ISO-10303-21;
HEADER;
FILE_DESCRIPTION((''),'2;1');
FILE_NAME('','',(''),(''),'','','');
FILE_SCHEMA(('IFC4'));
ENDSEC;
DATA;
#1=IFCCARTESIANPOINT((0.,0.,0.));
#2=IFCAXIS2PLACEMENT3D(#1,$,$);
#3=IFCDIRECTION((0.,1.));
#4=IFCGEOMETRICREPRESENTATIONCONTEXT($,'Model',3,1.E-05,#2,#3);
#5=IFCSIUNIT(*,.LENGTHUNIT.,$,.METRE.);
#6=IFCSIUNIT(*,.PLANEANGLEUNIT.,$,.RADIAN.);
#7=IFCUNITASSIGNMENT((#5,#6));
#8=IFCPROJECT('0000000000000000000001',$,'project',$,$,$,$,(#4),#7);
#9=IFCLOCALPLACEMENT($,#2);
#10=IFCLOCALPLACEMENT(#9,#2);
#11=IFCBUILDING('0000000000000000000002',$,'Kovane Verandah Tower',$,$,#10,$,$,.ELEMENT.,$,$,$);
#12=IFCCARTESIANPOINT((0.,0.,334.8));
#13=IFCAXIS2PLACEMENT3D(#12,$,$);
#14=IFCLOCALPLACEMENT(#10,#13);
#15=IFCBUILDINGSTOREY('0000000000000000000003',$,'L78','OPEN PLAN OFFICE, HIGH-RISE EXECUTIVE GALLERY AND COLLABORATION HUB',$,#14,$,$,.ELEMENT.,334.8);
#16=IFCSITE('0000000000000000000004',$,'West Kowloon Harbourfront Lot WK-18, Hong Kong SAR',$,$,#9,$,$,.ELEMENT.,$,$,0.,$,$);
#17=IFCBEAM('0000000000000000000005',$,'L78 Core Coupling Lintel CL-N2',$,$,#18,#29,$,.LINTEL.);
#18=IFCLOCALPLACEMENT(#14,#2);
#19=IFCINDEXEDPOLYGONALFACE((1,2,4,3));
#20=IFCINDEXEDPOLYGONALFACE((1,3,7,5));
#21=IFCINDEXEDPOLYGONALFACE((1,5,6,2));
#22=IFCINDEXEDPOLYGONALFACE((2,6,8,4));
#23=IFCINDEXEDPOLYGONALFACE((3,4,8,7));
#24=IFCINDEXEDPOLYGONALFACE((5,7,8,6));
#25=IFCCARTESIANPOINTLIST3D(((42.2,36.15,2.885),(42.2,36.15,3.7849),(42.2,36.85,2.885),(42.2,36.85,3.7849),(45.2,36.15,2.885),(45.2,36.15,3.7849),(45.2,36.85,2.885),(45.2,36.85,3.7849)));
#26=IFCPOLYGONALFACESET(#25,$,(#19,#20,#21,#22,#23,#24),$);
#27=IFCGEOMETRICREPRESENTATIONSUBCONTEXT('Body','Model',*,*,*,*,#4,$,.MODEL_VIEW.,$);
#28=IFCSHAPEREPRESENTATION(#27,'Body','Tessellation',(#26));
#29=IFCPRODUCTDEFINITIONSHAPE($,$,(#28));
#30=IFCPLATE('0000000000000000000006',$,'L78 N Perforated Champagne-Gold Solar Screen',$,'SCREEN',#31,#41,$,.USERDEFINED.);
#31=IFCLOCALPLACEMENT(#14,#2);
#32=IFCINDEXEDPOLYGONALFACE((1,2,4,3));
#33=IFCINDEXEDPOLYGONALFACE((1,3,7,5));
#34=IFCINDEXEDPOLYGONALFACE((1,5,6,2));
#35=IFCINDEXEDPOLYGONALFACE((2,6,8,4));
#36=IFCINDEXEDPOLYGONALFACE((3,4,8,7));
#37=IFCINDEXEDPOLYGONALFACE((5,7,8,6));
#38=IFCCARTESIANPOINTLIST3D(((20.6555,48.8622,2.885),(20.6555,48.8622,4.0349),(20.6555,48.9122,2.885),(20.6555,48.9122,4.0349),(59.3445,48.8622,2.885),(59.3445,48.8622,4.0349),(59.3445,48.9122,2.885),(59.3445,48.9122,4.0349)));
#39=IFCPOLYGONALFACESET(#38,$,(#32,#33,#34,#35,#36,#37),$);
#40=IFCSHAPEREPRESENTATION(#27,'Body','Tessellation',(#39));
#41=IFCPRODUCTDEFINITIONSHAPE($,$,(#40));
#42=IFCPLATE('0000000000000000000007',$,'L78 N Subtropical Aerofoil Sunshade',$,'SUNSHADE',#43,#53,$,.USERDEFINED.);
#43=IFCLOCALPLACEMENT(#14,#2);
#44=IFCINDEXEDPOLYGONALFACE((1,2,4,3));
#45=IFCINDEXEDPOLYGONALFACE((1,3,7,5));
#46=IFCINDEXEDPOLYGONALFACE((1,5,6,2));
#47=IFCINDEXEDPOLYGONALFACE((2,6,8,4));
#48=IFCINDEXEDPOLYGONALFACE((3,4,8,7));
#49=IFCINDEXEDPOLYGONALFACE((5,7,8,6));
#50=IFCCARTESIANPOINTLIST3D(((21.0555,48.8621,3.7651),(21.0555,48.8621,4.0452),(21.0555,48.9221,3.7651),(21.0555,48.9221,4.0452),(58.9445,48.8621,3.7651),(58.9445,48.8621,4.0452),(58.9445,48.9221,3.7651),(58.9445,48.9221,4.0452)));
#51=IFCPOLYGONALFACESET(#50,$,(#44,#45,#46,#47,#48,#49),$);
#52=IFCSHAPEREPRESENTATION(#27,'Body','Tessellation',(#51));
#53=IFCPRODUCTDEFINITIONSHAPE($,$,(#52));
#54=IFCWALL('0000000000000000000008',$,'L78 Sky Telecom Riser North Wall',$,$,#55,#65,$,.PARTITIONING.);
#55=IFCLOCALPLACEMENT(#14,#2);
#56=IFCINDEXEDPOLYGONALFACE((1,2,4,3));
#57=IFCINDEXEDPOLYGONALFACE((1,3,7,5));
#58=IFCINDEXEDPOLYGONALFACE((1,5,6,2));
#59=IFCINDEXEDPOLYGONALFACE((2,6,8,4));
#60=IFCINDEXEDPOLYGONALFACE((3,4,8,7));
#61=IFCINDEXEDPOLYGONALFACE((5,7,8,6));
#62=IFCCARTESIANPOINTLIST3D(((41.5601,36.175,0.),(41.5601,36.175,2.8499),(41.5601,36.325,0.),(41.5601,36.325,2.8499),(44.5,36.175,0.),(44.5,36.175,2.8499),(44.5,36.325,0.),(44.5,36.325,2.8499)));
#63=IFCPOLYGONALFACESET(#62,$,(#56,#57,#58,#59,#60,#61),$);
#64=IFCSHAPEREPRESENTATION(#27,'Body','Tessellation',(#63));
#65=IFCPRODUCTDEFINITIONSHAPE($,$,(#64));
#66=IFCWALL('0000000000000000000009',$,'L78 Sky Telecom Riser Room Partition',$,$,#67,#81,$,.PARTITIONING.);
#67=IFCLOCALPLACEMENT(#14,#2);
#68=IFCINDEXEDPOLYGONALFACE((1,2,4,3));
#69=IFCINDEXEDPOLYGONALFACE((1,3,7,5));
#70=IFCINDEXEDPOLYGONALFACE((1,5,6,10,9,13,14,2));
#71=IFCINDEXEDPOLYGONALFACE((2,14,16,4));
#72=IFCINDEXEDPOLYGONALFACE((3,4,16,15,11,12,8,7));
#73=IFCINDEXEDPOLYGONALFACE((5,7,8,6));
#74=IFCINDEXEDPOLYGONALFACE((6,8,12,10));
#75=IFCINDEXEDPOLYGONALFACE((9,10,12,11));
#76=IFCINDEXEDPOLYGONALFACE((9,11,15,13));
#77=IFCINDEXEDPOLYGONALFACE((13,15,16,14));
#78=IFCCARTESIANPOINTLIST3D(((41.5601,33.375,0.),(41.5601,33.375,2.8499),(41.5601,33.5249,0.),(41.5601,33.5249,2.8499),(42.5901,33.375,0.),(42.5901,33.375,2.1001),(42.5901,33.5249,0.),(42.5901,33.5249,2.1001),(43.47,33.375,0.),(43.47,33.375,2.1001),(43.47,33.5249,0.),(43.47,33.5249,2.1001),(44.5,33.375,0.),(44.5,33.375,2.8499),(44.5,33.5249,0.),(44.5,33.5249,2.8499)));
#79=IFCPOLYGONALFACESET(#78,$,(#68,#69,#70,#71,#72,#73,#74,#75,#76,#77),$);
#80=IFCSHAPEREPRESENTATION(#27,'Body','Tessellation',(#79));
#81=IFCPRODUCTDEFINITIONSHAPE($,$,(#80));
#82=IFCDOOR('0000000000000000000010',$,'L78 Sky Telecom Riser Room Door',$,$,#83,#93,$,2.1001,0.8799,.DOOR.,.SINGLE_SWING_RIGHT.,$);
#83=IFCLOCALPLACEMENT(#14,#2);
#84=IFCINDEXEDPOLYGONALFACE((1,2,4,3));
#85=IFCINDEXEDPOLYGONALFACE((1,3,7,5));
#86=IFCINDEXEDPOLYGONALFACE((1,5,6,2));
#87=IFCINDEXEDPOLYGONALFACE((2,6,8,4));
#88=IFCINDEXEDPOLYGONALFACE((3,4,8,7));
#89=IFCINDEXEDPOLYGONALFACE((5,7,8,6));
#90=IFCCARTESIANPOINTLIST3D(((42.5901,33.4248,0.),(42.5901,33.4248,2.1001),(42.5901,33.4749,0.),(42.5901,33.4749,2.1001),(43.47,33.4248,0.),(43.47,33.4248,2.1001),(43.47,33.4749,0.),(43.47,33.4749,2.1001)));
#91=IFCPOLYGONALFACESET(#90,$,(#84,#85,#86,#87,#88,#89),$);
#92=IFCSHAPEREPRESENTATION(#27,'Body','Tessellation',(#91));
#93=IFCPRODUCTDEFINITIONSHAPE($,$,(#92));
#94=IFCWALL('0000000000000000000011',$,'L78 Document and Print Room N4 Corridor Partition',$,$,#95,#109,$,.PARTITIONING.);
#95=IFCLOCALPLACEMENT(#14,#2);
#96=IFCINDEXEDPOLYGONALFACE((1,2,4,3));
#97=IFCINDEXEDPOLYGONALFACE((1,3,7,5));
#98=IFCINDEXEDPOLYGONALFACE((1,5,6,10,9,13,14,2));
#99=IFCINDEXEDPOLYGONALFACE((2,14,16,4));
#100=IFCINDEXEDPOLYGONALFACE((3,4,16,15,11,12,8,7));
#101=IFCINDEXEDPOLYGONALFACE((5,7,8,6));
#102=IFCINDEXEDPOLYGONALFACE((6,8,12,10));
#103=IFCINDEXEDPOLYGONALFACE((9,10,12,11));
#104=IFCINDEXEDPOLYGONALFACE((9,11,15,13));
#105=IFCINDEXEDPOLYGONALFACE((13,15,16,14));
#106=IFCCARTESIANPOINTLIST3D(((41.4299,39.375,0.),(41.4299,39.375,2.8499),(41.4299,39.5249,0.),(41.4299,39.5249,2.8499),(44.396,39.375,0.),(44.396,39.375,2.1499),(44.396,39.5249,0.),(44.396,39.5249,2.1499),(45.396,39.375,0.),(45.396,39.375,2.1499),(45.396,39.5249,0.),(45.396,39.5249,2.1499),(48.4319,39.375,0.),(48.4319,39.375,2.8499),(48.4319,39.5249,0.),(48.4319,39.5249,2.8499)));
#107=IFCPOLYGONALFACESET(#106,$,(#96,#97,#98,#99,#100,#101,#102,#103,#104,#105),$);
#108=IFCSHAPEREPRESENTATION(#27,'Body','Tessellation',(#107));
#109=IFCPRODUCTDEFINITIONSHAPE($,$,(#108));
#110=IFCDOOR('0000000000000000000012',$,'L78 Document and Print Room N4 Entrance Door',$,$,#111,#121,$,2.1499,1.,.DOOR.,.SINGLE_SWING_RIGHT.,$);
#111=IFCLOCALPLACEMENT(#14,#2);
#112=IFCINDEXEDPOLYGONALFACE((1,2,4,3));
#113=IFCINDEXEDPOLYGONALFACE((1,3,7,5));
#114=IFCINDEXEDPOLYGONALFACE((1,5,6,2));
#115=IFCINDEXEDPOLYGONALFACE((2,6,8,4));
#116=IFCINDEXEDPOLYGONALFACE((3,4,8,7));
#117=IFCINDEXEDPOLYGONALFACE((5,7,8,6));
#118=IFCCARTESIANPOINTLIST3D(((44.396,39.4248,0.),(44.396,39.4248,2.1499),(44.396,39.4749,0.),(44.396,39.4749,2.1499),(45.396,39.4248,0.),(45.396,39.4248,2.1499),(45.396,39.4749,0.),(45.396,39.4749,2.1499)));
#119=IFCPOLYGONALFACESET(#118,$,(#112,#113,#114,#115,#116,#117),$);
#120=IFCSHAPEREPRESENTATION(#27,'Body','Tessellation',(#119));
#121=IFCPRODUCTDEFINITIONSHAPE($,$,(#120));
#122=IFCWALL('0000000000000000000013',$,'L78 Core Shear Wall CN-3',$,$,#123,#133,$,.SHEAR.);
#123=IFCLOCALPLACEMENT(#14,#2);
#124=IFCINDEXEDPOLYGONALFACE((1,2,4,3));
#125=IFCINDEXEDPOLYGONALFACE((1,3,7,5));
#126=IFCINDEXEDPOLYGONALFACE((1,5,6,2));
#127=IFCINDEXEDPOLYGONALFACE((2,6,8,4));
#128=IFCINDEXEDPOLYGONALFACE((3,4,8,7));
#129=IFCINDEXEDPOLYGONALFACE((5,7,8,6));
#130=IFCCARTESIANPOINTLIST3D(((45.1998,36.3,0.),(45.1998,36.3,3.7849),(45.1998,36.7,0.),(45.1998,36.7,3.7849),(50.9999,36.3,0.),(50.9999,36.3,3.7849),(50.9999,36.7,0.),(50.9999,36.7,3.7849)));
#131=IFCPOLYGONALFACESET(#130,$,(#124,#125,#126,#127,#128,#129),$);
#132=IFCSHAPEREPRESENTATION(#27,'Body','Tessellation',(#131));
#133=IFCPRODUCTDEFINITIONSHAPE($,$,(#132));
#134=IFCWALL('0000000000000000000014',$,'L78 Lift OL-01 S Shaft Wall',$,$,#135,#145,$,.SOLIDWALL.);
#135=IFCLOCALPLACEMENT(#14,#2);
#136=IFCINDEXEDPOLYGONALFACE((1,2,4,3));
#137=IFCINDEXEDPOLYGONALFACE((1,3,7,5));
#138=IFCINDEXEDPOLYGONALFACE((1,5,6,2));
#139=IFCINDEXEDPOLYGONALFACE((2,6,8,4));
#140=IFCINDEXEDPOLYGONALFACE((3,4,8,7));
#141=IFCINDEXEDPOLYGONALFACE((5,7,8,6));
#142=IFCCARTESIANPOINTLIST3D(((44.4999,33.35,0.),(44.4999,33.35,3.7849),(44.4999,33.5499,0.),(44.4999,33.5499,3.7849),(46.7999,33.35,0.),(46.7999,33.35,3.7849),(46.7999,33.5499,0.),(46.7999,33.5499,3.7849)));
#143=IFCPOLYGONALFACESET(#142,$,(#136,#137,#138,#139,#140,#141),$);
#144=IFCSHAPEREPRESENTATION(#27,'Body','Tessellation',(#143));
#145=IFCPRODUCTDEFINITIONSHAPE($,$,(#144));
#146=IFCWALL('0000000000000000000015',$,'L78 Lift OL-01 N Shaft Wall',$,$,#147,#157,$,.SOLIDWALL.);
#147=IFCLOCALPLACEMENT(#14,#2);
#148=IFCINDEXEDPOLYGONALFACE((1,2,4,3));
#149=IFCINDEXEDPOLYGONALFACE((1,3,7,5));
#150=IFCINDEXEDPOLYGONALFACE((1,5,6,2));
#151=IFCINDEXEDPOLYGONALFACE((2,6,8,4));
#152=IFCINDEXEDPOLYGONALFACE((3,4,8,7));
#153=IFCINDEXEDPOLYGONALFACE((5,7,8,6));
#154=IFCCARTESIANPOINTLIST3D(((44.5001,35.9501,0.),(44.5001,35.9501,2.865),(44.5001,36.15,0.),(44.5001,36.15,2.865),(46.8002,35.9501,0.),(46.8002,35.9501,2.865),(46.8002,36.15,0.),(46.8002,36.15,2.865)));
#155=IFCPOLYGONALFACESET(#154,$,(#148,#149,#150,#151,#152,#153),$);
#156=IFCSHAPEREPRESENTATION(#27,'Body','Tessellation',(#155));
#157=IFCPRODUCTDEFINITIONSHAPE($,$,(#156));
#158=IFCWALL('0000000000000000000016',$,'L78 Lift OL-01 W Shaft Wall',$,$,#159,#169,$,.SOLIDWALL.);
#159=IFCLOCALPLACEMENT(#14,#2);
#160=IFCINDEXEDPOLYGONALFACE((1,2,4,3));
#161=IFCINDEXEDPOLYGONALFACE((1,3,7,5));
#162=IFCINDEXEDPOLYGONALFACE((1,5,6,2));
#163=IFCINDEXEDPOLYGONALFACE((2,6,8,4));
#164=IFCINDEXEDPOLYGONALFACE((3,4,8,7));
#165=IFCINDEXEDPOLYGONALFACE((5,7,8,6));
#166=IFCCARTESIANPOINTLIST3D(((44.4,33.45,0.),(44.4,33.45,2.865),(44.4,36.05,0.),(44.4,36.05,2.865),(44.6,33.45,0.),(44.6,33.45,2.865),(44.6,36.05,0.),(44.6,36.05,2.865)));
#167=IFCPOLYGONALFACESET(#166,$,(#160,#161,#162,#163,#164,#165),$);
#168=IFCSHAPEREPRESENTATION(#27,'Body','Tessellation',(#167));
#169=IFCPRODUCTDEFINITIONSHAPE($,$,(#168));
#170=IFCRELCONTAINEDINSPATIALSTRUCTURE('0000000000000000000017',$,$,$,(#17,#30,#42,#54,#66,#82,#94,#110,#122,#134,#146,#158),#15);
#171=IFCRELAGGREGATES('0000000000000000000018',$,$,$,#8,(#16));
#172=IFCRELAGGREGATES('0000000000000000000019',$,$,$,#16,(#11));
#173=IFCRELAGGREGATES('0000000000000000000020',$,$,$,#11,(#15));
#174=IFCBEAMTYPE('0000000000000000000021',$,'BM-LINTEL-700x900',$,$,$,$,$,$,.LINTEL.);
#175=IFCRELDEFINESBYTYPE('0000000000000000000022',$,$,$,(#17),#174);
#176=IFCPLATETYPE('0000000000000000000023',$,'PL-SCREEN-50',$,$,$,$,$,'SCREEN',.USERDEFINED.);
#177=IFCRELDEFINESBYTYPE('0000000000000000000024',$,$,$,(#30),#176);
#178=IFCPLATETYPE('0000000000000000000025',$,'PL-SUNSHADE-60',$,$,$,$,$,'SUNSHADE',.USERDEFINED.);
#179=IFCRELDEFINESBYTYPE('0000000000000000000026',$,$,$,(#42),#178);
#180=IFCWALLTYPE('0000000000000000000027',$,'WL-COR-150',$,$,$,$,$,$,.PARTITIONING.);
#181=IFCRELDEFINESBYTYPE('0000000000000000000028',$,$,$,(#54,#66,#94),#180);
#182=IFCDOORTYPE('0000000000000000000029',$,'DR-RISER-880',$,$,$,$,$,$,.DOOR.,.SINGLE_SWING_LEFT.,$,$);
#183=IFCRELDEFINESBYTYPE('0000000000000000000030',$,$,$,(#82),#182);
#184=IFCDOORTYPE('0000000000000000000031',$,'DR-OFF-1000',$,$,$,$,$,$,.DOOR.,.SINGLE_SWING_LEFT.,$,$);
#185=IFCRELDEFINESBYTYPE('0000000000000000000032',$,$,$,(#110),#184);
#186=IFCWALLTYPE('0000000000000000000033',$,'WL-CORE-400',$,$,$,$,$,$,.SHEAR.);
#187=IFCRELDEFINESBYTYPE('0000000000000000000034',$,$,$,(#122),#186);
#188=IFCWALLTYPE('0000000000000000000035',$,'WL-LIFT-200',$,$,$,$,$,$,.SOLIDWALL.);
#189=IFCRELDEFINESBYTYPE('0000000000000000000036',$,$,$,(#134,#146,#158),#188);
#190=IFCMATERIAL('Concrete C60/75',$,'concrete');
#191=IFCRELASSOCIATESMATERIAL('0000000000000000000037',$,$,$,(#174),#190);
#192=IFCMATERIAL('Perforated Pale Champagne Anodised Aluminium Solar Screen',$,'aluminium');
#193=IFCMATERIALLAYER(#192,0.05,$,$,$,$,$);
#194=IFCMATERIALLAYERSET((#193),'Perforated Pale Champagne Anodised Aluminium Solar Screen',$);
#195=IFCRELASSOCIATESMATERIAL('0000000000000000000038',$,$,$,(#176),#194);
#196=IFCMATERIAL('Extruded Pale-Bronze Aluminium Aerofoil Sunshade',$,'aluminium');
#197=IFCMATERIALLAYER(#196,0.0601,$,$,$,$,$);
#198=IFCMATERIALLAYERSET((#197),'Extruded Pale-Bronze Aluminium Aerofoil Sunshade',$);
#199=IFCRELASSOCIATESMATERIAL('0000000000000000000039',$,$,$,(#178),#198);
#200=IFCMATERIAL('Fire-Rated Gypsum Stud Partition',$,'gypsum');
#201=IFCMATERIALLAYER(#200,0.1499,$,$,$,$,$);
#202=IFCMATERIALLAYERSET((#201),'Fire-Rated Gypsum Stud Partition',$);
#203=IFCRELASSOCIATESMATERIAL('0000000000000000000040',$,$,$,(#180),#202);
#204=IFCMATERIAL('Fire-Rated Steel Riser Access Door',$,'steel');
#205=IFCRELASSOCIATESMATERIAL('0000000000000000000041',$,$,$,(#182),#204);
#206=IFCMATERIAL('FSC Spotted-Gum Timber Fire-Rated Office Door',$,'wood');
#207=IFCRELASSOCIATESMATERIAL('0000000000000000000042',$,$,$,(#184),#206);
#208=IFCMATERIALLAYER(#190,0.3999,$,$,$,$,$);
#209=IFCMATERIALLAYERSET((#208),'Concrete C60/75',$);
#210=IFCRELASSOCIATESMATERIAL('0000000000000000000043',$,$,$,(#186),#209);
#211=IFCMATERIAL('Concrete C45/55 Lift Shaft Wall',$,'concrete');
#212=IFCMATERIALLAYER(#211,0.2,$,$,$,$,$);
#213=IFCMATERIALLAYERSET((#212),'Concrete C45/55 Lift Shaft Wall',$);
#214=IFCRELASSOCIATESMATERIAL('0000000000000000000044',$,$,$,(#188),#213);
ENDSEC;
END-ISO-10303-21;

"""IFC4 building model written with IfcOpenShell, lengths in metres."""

from ifc_helpers import new_model, si_unit, direction, frame, frame_2d, origin, origin_2d, place, context, subcontext, project, spatial, rectangle, extrude, material, layer, layer_set, material_profile, profile_set, type_object, element, fill, save


model = new_model("IFC4")

# Units and contexts
model_context = context("Model", 3, precision=1e-05, world=origin(), true_north=direction((0.0, 1.0)))
body_context = subcontext(model_context, "Body", "Model", "MODEL_VIEW")
ifc_project = project(units=[si_unit("LENGTHUNIT", "METRE"), si_unit("PLANEANGLEUNIT", "RADIAN")], contexts=[model_context])

# Site, building, storey
site_placement = place(None, origin())
site = spatial("IfcSite", under=ifc_project, at=site_placement, Name="West Kowloon Harbourfront Lot WK-18, Hong Kong SAR", CompositionType="ELEMENT", RefElevation=0.0)
building_placement = place(site_placement, origin())
building = spatial("IfcBuilding", under=site, at=building_placement, Name="Kovane Verandah Tower", CompositionType="ELEMENT")
storey_placement = place(building_placement, frame((0.0, 0.0, 334.8)))
storey = spatial("IfcBuildingStorey", under=building, at=storey_placement, Name="L78", Description="OPEN PLAN OFFICE, HIGH-RISE EXECUTIVE GALLERY AND COLLABORATION HUB", CompositionType="ELEMENT", Elevation=334.8)

# Beam
ifc_material_1 = material(Name="Concrete C60/75", Category="concrete")
ifc_material_profile = material_profile(ifc_material_1, rectangle(XDim=0.7, YDim=0.8999, at=origin_2d()), Name="RCB700x900")
ifc_profile_set = profile_set([ifc_material_profile], Name="Concrete C60/75")
beam_type = type_object("IfcBeamType", Name="BM-LINTEL-700x900", PredefinedType="LINTEL", material=ifc_profile_set)
beam_placement = place(storey_placement, frame((42.2, 36.5, 3.335), z_axis=(1.0, 0.0, 0.0), x_axis=(0.0, 1.0, 0.0)))
element("IfcBeam", 1, at=beam_placement, inside=storey, type_object=beam_type, Name="L78 Core Coupling Lintel CL-N2", PredefinedType="LINTEL", context=body_context, shape_type="SweptSolid", body=[
    extrude(rectangle(XDim=0.7, YDim=0.8999, at=origin_2d()), origin(), (0.0, 0.0, 1.0), 3.0),
])

# Plates
ifc_material_2 = material(Name="Perforated Pale Champagne Anodised Aluminium Solar Screen", Category="aluminium")
ifc_layer_1 = layer(ifc_material_2, 0.05)
ifc_layer_set_1 = layer_set([ifc_layer_1], Name="Perforated Pale Champagne Anodised Aluminium Solar Screen")
plate_type_1 = type_object("IfcPlateType", Name="PL-SCREEN-50", ElementType="SCREEN", PredefinedType="USERDEFINED", material=ifc_layer_set_1)
plate_1_placement = place(storey_placement, frame((40.0, 48.8872, 2.885), z_axis=(0.0, 0.0, 1.0), x_axis=(-1.0, 0.0, 0.0)))
element("IfcPlate", 2, at=plate_1_placement, inside=storey, type_object=plate_type_1, Name="L78 N Perforated Champagne-Gold Solar Screen", ObjectType="SCREEN", PredefinedType="USERDEFINED", context=body_context, shape_type="SweptSolid", body=[
    extrude(rectangle(XDim=38.689, YDim=0.05, at=origin_2d()), origin(), (0.0, 0.0, 1.0), 1.1499),
])
ifc_material_3 = material(Name="Extruded Pale-Bronze Aluminium Aerofoil Sunshade", Category="aluminium")
ifc_layer_2 = layer(ifc_material_3, 0.0601)
ifc_layer_set_2 = layer_set([ifc_layer_2], Name="Extruded Pale-Bronze Aluminium Aerofoil Sunshade")
plate_type_2 = type_object("IfcPlateType", Name="PL-SUNSHADE-60", ElementType="SUNSHADE", PredefinedType="USERDEFINED", material=ifc_layer_set_2)
plate_2_placement = place(storey_placement, frame((40.0, 48.8921, 3.7651), z_axis=(0.0, 0.0, 1.0), x_axis=(-1.0, 0.0, 0.0)))
element("IfcPlate", 3, at=plate_2_placement, inside=storey, type_object=plate_type_2, Name="L78 N Subtropical Aerofoil Sunshade", ObjectType="SUNSHADE", PredefinedType="USERDEFINED", context=body_context, shape_type="SweptSolid", body=[
    extrude(rectangle(XDim=37.8889, YDim=0.0601, at=origin_2d()), origin(), (0.0, 0.0, 1.0), 0.28),
])

# Wall
ifc_material_4 = material(Name="Fire-Rated Gypsum Stud Partition", Category="gypsum")
ifc_layer_3 = layer(ifc_material_4, 0.1499)
ifc_layer_set_3 = layer_set([ifc_layer_3], Name="Fire-Rated Gypsum Stud Partition")
wall_type_1 = type_object("IfcWallType", Name="WL-COR-150", PredefinedType="PARTITIONING", material=ifc_layer_set_3)
wall_1_placement = place(storey_placement, frame((41.5601, 36.25, 0.0), z_axis=(0.0, 0.0, 1.0), x_axis=(1.0, 0.0, 0.0)))
element("IfcWall", 4, at=wall_1_placement, inside=storey, type_object=wall_type_1, Name="L78 Sky Telecom Riser North Wall", PredefinedType="PARTITIONING", context=body_context, shape_type="SweptSolid", body=[
    extrude(rectangle(XDim=2.9399, YDim=0.1499, at=frame_2d((1.47, 0.0))), origin(), (0.0, 0.0, 1.0), 2.8499),
])

# Walls, openings, doors
wall_2_placement = place(storey_placement, frame((41.5601, 33.45, 0.0), z_axis=(0.0, 0.0, 1.0), x_axis=(1.0, 0.0, 0.0)))
wall_2 = element("IfcWall", 5, at=wall_2_placement, inside=storey, type_object=wall_type_1, Name="L78 Sky Telecom Riser Room Partition", PredefinedType="PARTITIONING", context=body_context, shape_type="SweptSolid", body=[
    extrude(rectangle(XDim=2.9399, YDim=0.1499, at=frame_2d((1.47, 0.0))), origin(), (0.0, 0.0, 1.0), 2.8499),
])
opening_1_placement = place(wall_2_placement, frame((1.03, 0.0, 0.0)))
opening_1 = element("IfcOpeningElement", 6, at=opening_1_placement, cuts=wall_2, PredefinedType="OPENING", context=body_context, shape_type="SweptSolid", body=[
    extrude(rectangle(XDim=0.8799, YDim=2.1001, at=frame_2d((0.4399, 1.05))), frame((0.0, 0.075, 0.0), z_axis=(0.0, -1.0, 0.0), x_axis=(1.0, 0.0, 0.0)), (0.0, 0.0, 1.0), 0.1499),
])
ifc_material_5 = material(Name="Fire-Rated Steel Riser Access Door", Category="steel")
door_type_1 = type_object("IfcDoorType", Name="DR-RISER-880", OperationType="SINGLE_SWING_LEFT", PredefinedType="DOOR", material=ifc_material_5)
door_1_placement = place(opening_1_placement, origin())
door_1 = element("IfcDoor", 7, at=door_1_placement, inside=storey, type_object=door_type_1, Name="L78 Sky Telecom Riser Room Door", OperationType="SINGLE_SWING_RIGHT", OverallHeight=2.1001, OverallWidth=0.8799, PredefinedType="DOOR", context=body_context, shape_type="SweptSolid", body=[
    extrude(rectangle(XDim=0.8799, YDim=2.1001, at=frame_2d((0.4399, 1.05))), frame((0.0, 0.0249, 0.0), z_axis=(0.0, -1.0, 0.0), x_axis=(1.0, 0.0, 0.0)), (0.0, 0.0, 1.0), 0.05),
])
fill(opening_1, door_1)
wall_3_placement = place(storey_placement, frame((41.4299, 39.45, 0.0), z_axis=(0.0, 0.0, 1.0), x_axis=(1.0, 0.0, 0.0)))
wall_3 = element("IfcWall", 8, at=wall_3_placement, inside=storey, type_object=wall_type_1, Name="L78 Document and Print Room N4 Corridor Partition", PredefinedType="PARTITIONING", context=body_context, shape_type="SweptSolid", body=[
    extrude(rectangle(XDim=7.002, YDim=0.1499, at=frame_2d((3.501, 0.0))), origin(), (0.0, 0.0, 1.0), 2.8499),
])
opening_2_placement = place(wall_3_placement, frame((2.9661, 0.0, 0.0)))
opening_2 = element("IfcOpeningElement", 9, at=opening_2_placement, cuts=wall_3, PredefinedType="OPENING", context=body_context, shape_type="SweptSolid", body=[
    extrude(rectangle(XDim=1.0, YDim=2.1499, at=frame_2d((0.5, 1.075))), frame((0.0, 0.075, 0.0), z_axis=(0.0, -1.0, 0.0), x_axis=(1.0, 0.0, 0.0)), (0.0, 0.0, 1.0), 0.1499),
])
ifc_material_6 = material(Name="FSC Spotted-Gum Timber Fire-Rated Office Door", Category="wood")
door_type_2 = type_object("IfcDoorType", Name="DR-OFF-1000", OperationType="SINGLE_SWING_LEFT", PredefinedType="DOOR", material=ifc_material_6)
door_2_placement = place(opening_2_placement, origin())
door_2 = element("IfcDoor", 10, at=door_2_placement, inside=storey, type_object=door_type_2, Name="L78 Document and Print Room N4 Entrance Door", OperationType="SINGLE_SWING_RIGHT", OverallHeight=2.1499, OverallWidth=1.0, PredefinedType="DOOR", context=body_context, shape_type="SweptSolid", body=[
    extrude(rectangle(XDim=1.0, YDim=2.1499, at=frame_2d((0.5, 1.075))), frame((0.0, 0.0249, 0.0), z_axis=(0.0, -1.0, 0.0), x_axis=(1.0, 0.0, 0.0)), (0.0, 0.0, 1.0), 0.05),
])
fill(opening_2, door_2)

# Walls
ifc_layer_4 = layer(ifc_material_1, 0.3999)
ifc_layer_set_4 = layer_set([ifc_layer_4], Name="Concrete C60/75")
wall_type_2 = type_object("IfcWallType", Name="WL-CORE-400", PredefinedType="SHEAR", material=ifc_layer_set_4)
wall_4_placement = place(storey_placement, frame((45.2, 36.5, 0.0), z_axis=(0.0, 0.0, 1.0), x_axis=(1.0, 0.0, 0.0)))
element("IfcWall", 11, at=wall_4_placement, inside=storey, type_object=wall_type_2, Name="L78 Core Shear Wall CN-3", PredefinedType="SHEAR", context=body_context, shape_type="SweptSolid", body=[
    extrude(rectangle(XDim=5.8, YDim=0.3999, at=frame_2d((2.8999, 0.0))), origin(), (0.0, 0.0, 1.0), 3.7849),
])
ifc_material_7 = material(Name="Concrete C45/55 Lift Shaft Wall", Category="concrete")
ifc_layer_5 = layer(ifc_material_7, 0.2)
ifc_layer_set_5 = layer_set([ifc_layer_5], Name="Concrete C45/55 Lift Shaft Wall")
wall_type_3 = type_object("IfcWallType", Name="WL-LIFT-200", PredefinedType="SOLIDWALL", material=ifc_layer_set_5)
wall_5_placement = place(storey_placement, frame((44.5, 33.45, 0.0), z_axis=(0.0, 0.0, 1.0), x_axis=(1.0, 0.0, 0.0)))
element("IfcWall", 12, at=wall_5_placement, inside=storey, type_object=wall_type_3, Name="L78 Lift OL-01 S Shaft Wall", PredefinedType="SOLIDWALL", context=body_context, shape_type="SweptSolid", body=[
    extrude(rectangle(XDim=2.3, YDim=0.2, at=frame_2d((1.1499, 0.0))), origin(), (0.0, 0.0, 1.0), 3.7849),
])
wall_6_placement = place(storey_placement, frame((46.8, 36.05, 0.0), z_axis=(0.0, 0.0, 1.0), x_axis=(-1.0, 0.0, 0.0)))
element("IfcWall", 13, at=wall_6_placement, inside=storey, type_object=wall_type_3, Name="L78 Lift OL-01 N Shaft Wall", PredefinedType="SOLIDWALL", context=body_context, shape_type="SweptSolid", body=[
    extrude(rectangle(XDim=2.3, YDim=0.2, at=frame_2d((1.1499, 0.0))), origin(), (0.0, 0.0, 1.0), 2.865),
])
wall_7_placement = place(storey_placement, frame((44.5, 36.05, 0.0), z_axis=(0.0, 0.0, 1.0), x_axis=(0.0, -1.0, 0.0)))
element("IfcWall", 14, at=wall_7_placement, inside=storey, type_object=wall_type_3, Name="L78 Lift OL-01 W Shaft Wall", PredefinedType="SOLIDWALL", context=body_context, shape_type="SweptSolid", body=[
    extrude(rectangle(XDim=2.6001, YDim=0.2, at=frame_2d((1.3, 0.0))), origin(), (0.0, 0.0, 1.0), 2.865),
])

save(model, "model.ifc")
